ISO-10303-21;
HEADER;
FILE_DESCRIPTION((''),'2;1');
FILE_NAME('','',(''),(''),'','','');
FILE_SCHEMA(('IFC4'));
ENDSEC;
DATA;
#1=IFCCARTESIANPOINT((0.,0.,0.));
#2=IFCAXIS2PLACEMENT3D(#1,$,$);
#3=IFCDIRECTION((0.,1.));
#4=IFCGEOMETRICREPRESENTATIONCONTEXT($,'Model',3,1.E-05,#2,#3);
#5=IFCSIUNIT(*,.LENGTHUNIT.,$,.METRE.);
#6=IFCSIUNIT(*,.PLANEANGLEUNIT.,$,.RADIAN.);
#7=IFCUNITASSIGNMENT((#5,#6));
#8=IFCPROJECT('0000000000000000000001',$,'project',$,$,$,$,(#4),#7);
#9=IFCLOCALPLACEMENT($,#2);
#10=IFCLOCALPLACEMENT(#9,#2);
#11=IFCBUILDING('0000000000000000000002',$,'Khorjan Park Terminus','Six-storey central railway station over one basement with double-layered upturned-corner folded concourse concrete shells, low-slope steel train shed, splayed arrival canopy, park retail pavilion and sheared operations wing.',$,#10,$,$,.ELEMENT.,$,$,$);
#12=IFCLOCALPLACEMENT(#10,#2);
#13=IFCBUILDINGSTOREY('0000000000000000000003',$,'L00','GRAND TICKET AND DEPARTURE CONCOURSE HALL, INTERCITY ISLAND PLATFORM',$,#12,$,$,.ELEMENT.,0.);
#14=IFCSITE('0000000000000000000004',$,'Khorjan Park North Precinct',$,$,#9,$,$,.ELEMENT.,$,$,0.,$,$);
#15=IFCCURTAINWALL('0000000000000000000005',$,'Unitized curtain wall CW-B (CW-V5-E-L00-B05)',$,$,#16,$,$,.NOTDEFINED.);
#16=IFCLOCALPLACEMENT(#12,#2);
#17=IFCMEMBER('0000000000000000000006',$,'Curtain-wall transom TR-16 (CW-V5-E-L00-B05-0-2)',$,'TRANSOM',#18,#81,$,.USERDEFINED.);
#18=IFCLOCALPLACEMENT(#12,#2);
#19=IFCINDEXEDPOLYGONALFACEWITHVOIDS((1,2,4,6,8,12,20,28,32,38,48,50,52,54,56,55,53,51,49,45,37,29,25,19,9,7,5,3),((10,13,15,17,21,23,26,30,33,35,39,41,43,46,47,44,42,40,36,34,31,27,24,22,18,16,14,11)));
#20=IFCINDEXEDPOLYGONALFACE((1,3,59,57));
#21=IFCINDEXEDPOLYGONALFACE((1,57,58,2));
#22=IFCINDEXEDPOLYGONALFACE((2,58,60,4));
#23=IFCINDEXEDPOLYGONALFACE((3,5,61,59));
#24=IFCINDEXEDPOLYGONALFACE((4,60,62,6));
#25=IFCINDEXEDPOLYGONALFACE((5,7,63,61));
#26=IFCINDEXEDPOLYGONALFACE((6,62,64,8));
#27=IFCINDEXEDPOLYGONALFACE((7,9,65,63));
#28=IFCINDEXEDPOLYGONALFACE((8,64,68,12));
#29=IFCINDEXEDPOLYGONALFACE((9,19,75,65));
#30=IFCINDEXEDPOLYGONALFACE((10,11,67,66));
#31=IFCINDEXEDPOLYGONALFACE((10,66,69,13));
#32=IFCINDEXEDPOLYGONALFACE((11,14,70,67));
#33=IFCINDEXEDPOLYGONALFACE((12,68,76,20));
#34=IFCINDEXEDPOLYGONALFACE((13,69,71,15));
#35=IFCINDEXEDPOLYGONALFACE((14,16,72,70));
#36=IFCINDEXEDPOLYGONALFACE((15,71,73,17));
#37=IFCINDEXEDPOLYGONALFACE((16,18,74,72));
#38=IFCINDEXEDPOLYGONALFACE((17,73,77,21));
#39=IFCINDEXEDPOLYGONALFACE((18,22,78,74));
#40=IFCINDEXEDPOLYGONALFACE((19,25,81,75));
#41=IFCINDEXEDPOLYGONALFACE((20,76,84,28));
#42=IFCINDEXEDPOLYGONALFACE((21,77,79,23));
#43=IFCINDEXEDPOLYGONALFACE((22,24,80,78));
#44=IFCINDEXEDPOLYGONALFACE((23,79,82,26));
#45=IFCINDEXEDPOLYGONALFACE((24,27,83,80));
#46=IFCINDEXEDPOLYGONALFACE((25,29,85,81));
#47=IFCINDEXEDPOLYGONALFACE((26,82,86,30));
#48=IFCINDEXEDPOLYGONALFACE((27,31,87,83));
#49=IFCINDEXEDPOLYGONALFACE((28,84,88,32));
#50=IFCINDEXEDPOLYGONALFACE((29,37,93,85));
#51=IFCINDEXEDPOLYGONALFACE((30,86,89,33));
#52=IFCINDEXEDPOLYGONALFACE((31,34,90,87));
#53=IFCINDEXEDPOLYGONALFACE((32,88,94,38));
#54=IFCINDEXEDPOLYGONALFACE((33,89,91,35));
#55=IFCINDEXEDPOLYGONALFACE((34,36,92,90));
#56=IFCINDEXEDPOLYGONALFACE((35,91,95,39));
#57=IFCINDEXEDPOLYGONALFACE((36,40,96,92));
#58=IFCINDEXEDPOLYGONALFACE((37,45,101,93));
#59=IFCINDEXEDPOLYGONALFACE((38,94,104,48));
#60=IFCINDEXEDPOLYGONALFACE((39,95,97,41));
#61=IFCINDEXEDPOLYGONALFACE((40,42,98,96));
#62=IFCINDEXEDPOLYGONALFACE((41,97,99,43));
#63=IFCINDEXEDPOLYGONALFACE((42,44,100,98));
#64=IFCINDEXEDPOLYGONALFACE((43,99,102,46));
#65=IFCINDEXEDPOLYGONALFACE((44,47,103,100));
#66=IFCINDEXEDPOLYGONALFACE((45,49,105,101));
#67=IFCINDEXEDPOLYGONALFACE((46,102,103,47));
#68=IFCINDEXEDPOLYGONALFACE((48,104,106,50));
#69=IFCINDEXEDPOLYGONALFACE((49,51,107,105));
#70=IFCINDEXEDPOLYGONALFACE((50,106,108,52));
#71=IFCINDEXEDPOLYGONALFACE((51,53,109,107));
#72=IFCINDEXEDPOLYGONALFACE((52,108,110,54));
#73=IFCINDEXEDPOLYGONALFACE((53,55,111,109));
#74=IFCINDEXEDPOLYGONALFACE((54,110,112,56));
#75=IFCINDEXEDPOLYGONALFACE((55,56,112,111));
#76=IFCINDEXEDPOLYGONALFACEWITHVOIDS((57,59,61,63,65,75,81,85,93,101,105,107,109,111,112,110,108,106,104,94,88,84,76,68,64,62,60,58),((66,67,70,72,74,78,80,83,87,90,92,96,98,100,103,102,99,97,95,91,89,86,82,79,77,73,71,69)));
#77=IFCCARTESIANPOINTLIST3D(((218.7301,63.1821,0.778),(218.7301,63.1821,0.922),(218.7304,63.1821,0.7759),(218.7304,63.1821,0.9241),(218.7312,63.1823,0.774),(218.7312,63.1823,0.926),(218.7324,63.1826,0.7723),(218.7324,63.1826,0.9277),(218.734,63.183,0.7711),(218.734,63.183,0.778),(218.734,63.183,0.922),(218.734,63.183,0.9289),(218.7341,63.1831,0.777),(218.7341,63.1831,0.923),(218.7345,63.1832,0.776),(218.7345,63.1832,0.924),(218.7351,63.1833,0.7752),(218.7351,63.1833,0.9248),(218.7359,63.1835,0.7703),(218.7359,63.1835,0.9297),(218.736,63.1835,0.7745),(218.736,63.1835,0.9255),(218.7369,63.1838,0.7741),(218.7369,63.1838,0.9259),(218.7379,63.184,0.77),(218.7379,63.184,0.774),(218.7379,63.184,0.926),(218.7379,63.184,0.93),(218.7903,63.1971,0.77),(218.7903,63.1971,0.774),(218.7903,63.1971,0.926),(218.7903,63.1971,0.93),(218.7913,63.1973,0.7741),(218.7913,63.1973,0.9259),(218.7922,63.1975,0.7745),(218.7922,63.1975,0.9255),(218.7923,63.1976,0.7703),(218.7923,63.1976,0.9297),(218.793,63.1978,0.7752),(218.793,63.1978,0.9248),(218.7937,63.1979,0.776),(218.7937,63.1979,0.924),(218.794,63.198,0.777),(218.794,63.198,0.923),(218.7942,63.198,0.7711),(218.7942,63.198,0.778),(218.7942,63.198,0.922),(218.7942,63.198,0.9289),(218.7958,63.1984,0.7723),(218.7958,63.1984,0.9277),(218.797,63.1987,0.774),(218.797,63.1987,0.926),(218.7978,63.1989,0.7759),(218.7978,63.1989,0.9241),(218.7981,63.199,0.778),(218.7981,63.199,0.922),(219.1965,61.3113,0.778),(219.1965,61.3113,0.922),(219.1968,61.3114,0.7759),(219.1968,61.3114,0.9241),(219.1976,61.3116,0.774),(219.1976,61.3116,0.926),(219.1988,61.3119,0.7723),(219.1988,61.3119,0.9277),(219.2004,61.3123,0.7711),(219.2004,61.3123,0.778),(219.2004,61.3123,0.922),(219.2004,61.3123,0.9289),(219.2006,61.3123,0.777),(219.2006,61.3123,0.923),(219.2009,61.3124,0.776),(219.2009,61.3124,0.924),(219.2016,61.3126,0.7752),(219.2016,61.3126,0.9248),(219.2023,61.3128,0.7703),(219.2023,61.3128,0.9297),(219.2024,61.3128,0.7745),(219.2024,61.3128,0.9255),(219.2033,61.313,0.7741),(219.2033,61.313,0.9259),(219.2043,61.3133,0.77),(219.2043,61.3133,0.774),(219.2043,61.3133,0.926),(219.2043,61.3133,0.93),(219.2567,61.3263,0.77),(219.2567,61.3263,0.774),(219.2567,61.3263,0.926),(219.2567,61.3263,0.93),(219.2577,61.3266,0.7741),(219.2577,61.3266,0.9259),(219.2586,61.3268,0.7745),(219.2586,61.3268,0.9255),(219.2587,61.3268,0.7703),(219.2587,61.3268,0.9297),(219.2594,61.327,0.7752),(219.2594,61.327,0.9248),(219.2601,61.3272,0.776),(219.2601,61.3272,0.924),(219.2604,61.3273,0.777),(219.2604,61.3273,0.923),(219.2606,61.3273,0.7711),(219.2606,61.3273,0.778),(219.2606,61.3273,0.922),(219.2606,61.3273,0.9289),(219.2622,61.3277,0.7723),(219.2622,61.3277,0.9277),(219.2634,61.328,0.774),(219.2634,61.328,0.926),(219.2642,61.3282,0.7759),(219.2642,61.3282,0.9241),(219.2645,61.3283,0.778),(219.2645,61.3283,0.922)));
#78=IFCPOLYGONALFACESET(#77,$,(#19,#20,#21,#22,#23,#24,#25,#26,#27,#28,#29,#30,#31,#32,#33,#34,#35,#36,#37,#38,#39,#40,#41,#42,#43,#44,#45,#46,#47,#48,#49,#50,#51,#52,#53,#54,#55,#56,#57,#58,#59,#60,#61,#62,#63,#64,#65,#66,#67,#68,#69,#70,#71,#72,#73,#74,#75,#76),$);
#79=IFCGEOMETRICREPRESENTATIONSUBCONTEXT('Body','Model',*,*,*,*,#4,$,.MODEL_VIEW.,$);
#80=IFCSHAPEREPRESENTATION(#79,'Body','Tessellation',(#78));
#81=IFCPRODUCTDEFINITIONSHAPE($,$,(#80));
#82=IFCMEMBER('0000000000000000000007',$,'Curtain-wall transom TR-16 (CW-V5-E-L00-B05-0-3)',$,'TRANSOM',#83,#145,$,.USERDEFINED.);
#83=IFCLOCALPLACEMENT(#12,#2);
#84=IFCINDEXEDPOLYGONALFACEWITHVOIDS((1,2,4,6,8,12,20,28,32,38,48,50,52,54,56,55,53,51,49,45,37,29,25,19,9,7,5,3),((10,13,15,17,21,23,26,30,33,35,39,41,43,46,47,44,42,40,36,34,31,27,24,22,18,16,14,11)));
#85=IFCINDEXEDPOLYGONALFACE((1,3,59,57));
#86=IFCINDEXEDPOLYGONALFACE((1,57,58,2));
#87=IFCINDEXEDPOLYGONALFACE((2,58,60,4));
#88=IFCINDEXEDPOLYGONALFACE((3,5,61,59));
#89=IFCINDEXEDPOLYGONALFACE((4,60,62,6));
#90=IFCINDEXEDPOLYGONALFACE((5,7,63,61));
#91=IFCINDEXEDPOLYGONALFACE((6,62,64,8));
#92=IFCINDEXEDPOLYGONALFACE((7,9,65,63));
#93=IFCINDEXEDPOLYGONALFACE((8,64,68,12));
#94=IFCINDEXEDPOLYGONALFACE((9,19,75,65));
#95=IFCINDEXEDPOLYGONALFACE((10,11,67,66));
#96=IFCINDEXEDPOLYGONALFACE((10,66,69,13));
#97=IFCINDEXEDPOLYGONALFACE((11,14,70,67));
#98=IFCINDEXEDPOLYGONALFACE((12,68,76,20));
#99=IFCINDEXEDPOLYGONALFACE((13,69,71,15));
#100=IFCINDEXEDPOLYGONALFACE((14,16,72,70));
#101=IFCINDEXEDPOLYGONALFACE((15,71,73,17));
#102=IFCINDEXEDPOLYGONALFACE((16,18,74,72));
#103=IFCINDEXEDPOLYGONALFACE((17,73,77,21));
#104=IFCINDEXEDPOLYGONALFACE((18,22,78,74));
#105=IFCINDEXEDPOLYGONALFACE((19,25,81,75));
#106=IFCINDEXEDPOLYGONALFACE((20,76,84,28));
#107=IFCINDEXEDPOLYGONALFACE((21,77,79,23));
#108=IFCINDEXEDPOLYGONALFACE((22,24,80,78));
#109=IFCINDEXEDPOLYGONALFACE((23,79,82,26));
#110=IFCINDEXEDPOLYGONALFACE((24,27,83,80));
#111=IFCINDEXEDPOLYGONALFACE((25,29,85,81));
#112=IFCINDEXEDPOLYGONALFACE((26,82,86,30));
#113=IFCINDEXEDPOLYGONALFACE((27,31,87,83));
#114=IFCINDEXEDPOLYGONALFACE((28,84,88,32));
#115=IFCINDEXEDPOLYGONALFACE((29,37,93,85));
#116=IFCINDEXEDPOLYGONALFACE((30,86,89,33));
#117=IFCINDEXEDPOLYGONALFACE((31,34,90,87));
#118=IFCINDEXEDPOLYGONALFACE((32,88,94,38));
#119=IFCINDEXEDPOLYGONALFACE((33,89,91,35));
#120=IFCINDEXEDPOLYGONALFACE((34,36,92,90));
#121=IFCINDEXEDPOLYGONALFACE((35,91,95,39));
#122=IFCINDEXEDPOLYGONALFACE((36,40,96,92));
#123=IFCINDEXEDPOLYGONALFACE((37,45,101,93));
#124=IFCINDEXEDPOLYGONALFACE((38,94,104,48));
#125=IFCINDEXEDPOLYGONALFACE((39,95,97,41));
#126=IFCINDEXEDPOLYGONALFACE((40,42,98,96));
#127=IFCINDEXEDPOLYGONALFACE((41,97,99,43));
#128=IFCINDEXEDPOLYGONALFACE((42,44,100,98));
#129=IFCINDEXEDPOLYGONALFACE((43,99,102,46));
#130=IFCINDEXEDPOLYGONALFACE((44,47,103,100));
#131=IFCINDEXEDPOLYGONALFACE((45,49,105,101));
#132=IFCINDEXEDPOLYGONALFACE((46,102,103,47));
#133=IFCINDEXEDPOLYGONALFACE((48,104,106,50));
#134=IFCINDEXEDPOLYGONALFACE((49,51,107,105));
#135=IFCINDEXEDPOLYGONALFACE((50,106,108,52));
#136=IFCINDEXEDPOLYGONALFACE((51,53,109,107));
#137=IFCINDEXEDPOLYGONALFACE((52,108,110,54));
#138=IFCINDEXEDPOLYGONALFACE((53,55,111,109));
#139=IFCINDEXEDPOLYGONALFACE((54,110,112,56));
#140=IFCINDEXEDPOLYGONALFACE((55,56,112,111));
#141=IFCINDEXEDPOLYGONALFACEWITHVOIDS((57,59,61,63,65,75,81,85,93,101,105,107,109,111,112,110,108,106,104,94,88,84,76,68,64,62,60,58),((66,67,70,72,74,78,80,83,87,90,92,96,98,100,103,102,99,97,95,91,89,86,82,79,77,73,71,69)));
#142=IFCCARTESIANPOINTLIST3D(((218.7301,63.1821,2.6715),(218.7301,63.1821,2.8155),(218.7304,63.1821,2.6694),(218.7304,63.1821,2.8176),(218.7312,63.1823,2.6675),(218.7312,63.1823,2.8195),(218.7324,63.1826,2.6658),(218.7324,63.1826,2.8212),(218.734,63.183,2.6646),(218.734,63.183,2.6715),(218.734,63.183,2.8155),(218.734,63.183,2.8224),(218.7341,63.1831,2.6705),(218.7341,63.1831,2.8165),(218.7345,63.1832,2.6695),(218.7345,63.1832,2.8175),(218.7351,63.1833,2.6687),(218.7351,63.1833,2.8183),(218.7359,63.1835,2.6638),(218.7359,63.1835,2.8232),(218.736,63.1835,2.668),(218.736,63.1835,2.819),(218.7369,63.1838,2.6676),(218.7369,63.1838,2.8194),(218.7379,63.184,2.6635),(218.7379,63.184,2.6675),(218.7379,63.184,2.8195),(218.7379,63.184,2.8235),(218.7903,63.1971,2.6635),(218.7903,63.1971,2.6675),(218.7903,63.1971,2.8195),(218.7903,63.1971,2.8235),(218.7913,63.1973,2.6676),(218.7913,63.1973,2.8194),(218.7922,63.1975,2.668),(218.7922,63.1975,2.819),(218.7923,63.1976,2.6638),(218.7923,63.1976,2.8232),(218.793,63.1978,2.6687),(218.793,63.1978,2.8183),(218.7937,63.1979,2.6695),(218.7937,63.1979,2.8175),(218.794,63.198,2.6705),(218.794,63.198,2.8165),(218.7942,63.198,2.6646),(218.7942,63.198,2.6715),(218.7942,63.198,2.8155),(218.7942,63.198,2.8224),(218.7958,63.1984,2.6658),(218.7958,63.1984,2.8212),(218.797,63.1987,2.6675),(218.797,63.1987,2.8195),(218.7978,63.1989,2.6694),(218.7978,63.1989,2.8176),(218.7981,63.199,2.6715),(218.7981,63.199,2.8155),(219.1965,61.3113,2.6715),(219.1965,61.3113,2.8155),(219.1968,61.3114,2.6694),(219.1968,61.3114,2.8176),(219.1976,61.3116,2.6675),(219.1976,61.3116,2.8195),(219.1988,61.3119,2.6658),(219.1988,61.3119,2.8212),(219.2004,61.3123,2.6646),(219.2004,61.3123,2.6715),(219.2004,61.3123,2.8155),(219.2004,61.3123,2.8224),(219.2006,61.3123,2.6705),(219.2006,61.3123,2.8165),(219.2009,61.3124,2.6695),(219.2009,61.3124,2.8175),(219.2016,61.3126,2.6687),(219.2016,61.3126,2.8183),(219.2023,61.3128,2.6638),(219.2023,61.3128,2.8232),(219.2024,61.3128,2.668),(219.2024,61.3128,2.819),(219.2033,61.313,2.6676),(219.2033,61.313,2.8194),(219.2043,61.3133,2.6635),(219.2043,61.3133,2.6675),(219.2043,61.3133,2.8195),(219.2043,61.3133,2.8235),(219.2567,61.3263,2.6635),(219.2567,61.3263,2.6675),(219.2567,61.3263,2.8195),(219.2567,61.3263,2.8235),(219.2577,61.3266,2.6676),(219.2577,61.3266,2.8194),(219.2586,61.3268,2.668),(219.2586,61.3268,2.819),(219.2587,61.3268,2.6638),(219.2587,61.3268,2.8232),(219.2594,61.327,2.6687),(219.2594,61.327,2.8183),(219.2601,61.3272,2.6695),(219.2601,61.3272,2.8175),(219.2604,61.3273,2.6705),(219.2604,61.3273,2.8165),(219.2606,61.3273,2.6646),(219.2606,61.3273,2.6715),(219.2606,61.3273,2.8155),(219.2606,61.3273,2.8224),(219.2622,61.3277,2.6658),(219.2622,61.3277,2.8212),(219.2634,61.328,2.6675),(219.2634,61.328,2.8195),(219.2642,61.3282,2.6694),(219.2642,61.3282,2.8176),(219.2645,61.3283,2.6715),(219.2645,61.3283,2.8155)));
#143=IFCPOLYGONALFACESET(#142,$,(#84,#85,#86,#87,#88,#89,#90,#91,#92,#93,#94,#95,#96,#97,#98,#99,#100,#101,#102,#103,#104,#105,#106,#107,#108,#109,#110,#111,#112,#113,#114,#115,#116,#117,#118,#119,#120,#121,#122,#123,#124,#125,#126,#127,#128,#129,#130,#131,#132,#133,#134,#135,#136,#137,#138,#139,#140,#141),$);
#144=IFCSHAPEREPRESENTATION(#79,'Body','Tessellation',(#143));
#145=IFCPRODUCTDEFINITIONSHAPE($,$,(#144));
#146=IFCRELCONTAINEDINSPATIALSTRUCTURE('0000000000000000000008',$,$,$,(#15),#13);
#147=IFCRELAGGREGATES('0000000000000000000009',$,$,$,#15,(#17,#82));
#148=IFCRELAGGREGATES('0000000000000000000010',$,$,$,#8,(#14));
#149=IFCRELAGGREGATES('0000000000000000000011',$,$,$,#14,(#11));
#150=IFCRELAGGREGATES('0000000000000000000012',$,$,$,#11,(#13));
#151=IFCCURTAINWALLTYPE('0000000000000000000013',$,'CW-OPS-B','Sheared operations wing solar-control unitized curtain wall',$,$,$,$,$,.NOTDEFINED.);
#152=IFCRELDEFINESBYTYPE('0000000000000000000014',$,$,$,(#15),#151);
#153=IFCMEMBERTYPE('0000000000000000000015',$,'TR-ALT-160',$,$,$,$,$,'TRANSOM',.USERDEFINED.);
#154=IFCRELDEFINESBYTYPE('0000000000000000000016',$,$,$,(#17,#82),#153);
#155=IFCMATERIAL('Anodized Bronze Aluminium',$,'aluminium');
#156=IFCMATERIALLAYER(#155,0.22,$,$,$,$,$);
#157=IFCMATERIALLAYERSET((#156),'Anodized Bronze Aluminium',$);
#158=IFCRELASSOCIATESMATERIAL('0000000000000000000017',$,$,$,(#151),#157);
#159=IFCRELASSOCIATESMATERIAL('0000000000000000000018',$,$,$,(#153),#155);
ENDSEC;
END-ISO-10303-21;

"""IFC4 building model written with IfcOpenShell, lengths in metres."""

from ifc_helpers import new_model, si_unit, direction, frame, origin, origin_2d, place, context, subcontext, project, spatial, hollow_rectangle, extrude, material, layer, layer_set, material_profile, profile_set, type_object, element, aggregate, save


model = new_model("IFC4")

# Units and contexts
model_context = context("Model", 3, precision=1e-05, world=origin(), true_north=direction((0.0, 1.0)))
body_context = subcontext(model_context, "Body", "Model", "MODEL_VIEW")
ifc_project = project(units=[si_unit("LENGTHUNIT", "METRE"), si_unit("PLANEANGLEUNIT", "RADIAN")], contexts=[model_context])

# Site, building, storey
site_placement = place(None, origin())
site = spatial("IfcSite", under=ifc_project, at=site_placement, Name="Khorjan Park North Precinct", CompositionType="ELEMENT", RefElevation=0.0)
building_placement = place(site_placement, origin())
building = spatial("IfcBuilding", under=site, at=building_placement, Name="Khorjan Park Terminus", Description="Six-storey central railway station over one basement with double-layered upturned-corner folded concourse concrete shells, low-slope steel train shed, splayed arrival canopy, park retail pavilion and sheared operations wing.", CompositionType="ELEMENT")
storey_placement = place(building_placement, origin())
storey = spatial("IfcBuildingStorey", under=building, at=storey_placement, Name="L00", Description="GRAND TICKET AND DEPARTURE CONCOURSE HALL, INTERCITY ISLAND PLATFORM", CompositionType="ELEMENT", Elevation=0.0)

# Curtain wall, members
ifc_material_1 = material(Name="Anodized Bronze Aluminium", Category="aluminium")
ifc_layer_1 = layer(ifc_material_1, 0.22)
ifc_layer_set_1 = layer_set([ifc_layer_1], Name="Anodized Bronze Aluminium")
curtain_wall_type = type_object("IfcCurtainWallType", Name="CW-OPS-B", Description="Sheared operations wing solar-control unitized curtain wall", PredefinedType="NOTDEFINED", material=ifc_layer_set_1)
curtain_wall_placement = place(storey_placement, origin())
curtain_wall = element("IfcCurtainWall", 1, at=curtain_wall_placement, inside=storey, type_object=curtain_wall_type, Name="Unitized curtain wall CW-B (CW-V5-E-L00-B05)", PredefinedType="NOTDEFINED")
ifc_material_profile_1 = material_profile(ifc_material_1, hollow_rectangle(XDim=0.07, YDim=0.16, WallThickness=0.004, InnerFilletRadius=0.004, OuterFilletRadius=0.008, at=origin_2d()), Name="ALT 70x160x4")
ifc_profile_set_1 = profile_set([ifc_material_profile_1], Name="Anodized Bronze Aluminium")
member_type_1 = type_object("IfcMemberType", Name="TR-ALT-160", ElementType="TRANSOM", PredefinedType="USERDEFINED", material=ifc_profile_set_1)
member_1_placement = place(storey_placement, frame((219.2305, 61.3198, 0.85), z_axis=(-0.241913, 0.970298, 0.0), x_axis=(-0.970298, -0.241913, 0.0)))
member_1 = element("IfcMember", 2, at=member_1_placement, type_object=member_type_1, Name="Curtain-wall transom TR-16 (CW-V5-E-L00-B05-0-2)", ObjectType="TRANSOM", PredefinedType="USERDEFINED", context=body_context, shape_type="SweptSolid", body=[
    extrude(hollow_rectangle(XDim=0.07, YDim=0.16, WallThickness=0.004, InnerFilletRadius=0.004, OuterFilletRadius=0.008, at=origin_2d()), origin(), (0.0, 0.0, 1.0), 1.928),
])
member_2_placement = place(storey_placement, frame((219.2305, 61.3198, 2.7435), z_axis=(-0.241913, 0.970298, 0.0), x_axis=(-0.970298, -0.241913, 0.0)))
member_2 = element("IfcMember", 3, at=member_2_placement, type_object=member_type_1, Name="Curtain-wall transom TR-16 (CW-V5-E-L00-B05-0-3)", ObjectType="TRANSOM", PredefinedType="USERDEFINED", context=body_context, shape_type="SweptSolid", body=[
    extrude(hollow_rectangle(XDim=0.07, YDim=0.16, WallThickness=0.004, InnerFilletRadius=0.004, OuterFilletRadius=0.008, at=origin_2d()), origin(), (0.0, 0.0, 1.0), 1.928),
])
aggregate(curtain_wall, [member_1, member_2])

save(model, "model.ifc")
